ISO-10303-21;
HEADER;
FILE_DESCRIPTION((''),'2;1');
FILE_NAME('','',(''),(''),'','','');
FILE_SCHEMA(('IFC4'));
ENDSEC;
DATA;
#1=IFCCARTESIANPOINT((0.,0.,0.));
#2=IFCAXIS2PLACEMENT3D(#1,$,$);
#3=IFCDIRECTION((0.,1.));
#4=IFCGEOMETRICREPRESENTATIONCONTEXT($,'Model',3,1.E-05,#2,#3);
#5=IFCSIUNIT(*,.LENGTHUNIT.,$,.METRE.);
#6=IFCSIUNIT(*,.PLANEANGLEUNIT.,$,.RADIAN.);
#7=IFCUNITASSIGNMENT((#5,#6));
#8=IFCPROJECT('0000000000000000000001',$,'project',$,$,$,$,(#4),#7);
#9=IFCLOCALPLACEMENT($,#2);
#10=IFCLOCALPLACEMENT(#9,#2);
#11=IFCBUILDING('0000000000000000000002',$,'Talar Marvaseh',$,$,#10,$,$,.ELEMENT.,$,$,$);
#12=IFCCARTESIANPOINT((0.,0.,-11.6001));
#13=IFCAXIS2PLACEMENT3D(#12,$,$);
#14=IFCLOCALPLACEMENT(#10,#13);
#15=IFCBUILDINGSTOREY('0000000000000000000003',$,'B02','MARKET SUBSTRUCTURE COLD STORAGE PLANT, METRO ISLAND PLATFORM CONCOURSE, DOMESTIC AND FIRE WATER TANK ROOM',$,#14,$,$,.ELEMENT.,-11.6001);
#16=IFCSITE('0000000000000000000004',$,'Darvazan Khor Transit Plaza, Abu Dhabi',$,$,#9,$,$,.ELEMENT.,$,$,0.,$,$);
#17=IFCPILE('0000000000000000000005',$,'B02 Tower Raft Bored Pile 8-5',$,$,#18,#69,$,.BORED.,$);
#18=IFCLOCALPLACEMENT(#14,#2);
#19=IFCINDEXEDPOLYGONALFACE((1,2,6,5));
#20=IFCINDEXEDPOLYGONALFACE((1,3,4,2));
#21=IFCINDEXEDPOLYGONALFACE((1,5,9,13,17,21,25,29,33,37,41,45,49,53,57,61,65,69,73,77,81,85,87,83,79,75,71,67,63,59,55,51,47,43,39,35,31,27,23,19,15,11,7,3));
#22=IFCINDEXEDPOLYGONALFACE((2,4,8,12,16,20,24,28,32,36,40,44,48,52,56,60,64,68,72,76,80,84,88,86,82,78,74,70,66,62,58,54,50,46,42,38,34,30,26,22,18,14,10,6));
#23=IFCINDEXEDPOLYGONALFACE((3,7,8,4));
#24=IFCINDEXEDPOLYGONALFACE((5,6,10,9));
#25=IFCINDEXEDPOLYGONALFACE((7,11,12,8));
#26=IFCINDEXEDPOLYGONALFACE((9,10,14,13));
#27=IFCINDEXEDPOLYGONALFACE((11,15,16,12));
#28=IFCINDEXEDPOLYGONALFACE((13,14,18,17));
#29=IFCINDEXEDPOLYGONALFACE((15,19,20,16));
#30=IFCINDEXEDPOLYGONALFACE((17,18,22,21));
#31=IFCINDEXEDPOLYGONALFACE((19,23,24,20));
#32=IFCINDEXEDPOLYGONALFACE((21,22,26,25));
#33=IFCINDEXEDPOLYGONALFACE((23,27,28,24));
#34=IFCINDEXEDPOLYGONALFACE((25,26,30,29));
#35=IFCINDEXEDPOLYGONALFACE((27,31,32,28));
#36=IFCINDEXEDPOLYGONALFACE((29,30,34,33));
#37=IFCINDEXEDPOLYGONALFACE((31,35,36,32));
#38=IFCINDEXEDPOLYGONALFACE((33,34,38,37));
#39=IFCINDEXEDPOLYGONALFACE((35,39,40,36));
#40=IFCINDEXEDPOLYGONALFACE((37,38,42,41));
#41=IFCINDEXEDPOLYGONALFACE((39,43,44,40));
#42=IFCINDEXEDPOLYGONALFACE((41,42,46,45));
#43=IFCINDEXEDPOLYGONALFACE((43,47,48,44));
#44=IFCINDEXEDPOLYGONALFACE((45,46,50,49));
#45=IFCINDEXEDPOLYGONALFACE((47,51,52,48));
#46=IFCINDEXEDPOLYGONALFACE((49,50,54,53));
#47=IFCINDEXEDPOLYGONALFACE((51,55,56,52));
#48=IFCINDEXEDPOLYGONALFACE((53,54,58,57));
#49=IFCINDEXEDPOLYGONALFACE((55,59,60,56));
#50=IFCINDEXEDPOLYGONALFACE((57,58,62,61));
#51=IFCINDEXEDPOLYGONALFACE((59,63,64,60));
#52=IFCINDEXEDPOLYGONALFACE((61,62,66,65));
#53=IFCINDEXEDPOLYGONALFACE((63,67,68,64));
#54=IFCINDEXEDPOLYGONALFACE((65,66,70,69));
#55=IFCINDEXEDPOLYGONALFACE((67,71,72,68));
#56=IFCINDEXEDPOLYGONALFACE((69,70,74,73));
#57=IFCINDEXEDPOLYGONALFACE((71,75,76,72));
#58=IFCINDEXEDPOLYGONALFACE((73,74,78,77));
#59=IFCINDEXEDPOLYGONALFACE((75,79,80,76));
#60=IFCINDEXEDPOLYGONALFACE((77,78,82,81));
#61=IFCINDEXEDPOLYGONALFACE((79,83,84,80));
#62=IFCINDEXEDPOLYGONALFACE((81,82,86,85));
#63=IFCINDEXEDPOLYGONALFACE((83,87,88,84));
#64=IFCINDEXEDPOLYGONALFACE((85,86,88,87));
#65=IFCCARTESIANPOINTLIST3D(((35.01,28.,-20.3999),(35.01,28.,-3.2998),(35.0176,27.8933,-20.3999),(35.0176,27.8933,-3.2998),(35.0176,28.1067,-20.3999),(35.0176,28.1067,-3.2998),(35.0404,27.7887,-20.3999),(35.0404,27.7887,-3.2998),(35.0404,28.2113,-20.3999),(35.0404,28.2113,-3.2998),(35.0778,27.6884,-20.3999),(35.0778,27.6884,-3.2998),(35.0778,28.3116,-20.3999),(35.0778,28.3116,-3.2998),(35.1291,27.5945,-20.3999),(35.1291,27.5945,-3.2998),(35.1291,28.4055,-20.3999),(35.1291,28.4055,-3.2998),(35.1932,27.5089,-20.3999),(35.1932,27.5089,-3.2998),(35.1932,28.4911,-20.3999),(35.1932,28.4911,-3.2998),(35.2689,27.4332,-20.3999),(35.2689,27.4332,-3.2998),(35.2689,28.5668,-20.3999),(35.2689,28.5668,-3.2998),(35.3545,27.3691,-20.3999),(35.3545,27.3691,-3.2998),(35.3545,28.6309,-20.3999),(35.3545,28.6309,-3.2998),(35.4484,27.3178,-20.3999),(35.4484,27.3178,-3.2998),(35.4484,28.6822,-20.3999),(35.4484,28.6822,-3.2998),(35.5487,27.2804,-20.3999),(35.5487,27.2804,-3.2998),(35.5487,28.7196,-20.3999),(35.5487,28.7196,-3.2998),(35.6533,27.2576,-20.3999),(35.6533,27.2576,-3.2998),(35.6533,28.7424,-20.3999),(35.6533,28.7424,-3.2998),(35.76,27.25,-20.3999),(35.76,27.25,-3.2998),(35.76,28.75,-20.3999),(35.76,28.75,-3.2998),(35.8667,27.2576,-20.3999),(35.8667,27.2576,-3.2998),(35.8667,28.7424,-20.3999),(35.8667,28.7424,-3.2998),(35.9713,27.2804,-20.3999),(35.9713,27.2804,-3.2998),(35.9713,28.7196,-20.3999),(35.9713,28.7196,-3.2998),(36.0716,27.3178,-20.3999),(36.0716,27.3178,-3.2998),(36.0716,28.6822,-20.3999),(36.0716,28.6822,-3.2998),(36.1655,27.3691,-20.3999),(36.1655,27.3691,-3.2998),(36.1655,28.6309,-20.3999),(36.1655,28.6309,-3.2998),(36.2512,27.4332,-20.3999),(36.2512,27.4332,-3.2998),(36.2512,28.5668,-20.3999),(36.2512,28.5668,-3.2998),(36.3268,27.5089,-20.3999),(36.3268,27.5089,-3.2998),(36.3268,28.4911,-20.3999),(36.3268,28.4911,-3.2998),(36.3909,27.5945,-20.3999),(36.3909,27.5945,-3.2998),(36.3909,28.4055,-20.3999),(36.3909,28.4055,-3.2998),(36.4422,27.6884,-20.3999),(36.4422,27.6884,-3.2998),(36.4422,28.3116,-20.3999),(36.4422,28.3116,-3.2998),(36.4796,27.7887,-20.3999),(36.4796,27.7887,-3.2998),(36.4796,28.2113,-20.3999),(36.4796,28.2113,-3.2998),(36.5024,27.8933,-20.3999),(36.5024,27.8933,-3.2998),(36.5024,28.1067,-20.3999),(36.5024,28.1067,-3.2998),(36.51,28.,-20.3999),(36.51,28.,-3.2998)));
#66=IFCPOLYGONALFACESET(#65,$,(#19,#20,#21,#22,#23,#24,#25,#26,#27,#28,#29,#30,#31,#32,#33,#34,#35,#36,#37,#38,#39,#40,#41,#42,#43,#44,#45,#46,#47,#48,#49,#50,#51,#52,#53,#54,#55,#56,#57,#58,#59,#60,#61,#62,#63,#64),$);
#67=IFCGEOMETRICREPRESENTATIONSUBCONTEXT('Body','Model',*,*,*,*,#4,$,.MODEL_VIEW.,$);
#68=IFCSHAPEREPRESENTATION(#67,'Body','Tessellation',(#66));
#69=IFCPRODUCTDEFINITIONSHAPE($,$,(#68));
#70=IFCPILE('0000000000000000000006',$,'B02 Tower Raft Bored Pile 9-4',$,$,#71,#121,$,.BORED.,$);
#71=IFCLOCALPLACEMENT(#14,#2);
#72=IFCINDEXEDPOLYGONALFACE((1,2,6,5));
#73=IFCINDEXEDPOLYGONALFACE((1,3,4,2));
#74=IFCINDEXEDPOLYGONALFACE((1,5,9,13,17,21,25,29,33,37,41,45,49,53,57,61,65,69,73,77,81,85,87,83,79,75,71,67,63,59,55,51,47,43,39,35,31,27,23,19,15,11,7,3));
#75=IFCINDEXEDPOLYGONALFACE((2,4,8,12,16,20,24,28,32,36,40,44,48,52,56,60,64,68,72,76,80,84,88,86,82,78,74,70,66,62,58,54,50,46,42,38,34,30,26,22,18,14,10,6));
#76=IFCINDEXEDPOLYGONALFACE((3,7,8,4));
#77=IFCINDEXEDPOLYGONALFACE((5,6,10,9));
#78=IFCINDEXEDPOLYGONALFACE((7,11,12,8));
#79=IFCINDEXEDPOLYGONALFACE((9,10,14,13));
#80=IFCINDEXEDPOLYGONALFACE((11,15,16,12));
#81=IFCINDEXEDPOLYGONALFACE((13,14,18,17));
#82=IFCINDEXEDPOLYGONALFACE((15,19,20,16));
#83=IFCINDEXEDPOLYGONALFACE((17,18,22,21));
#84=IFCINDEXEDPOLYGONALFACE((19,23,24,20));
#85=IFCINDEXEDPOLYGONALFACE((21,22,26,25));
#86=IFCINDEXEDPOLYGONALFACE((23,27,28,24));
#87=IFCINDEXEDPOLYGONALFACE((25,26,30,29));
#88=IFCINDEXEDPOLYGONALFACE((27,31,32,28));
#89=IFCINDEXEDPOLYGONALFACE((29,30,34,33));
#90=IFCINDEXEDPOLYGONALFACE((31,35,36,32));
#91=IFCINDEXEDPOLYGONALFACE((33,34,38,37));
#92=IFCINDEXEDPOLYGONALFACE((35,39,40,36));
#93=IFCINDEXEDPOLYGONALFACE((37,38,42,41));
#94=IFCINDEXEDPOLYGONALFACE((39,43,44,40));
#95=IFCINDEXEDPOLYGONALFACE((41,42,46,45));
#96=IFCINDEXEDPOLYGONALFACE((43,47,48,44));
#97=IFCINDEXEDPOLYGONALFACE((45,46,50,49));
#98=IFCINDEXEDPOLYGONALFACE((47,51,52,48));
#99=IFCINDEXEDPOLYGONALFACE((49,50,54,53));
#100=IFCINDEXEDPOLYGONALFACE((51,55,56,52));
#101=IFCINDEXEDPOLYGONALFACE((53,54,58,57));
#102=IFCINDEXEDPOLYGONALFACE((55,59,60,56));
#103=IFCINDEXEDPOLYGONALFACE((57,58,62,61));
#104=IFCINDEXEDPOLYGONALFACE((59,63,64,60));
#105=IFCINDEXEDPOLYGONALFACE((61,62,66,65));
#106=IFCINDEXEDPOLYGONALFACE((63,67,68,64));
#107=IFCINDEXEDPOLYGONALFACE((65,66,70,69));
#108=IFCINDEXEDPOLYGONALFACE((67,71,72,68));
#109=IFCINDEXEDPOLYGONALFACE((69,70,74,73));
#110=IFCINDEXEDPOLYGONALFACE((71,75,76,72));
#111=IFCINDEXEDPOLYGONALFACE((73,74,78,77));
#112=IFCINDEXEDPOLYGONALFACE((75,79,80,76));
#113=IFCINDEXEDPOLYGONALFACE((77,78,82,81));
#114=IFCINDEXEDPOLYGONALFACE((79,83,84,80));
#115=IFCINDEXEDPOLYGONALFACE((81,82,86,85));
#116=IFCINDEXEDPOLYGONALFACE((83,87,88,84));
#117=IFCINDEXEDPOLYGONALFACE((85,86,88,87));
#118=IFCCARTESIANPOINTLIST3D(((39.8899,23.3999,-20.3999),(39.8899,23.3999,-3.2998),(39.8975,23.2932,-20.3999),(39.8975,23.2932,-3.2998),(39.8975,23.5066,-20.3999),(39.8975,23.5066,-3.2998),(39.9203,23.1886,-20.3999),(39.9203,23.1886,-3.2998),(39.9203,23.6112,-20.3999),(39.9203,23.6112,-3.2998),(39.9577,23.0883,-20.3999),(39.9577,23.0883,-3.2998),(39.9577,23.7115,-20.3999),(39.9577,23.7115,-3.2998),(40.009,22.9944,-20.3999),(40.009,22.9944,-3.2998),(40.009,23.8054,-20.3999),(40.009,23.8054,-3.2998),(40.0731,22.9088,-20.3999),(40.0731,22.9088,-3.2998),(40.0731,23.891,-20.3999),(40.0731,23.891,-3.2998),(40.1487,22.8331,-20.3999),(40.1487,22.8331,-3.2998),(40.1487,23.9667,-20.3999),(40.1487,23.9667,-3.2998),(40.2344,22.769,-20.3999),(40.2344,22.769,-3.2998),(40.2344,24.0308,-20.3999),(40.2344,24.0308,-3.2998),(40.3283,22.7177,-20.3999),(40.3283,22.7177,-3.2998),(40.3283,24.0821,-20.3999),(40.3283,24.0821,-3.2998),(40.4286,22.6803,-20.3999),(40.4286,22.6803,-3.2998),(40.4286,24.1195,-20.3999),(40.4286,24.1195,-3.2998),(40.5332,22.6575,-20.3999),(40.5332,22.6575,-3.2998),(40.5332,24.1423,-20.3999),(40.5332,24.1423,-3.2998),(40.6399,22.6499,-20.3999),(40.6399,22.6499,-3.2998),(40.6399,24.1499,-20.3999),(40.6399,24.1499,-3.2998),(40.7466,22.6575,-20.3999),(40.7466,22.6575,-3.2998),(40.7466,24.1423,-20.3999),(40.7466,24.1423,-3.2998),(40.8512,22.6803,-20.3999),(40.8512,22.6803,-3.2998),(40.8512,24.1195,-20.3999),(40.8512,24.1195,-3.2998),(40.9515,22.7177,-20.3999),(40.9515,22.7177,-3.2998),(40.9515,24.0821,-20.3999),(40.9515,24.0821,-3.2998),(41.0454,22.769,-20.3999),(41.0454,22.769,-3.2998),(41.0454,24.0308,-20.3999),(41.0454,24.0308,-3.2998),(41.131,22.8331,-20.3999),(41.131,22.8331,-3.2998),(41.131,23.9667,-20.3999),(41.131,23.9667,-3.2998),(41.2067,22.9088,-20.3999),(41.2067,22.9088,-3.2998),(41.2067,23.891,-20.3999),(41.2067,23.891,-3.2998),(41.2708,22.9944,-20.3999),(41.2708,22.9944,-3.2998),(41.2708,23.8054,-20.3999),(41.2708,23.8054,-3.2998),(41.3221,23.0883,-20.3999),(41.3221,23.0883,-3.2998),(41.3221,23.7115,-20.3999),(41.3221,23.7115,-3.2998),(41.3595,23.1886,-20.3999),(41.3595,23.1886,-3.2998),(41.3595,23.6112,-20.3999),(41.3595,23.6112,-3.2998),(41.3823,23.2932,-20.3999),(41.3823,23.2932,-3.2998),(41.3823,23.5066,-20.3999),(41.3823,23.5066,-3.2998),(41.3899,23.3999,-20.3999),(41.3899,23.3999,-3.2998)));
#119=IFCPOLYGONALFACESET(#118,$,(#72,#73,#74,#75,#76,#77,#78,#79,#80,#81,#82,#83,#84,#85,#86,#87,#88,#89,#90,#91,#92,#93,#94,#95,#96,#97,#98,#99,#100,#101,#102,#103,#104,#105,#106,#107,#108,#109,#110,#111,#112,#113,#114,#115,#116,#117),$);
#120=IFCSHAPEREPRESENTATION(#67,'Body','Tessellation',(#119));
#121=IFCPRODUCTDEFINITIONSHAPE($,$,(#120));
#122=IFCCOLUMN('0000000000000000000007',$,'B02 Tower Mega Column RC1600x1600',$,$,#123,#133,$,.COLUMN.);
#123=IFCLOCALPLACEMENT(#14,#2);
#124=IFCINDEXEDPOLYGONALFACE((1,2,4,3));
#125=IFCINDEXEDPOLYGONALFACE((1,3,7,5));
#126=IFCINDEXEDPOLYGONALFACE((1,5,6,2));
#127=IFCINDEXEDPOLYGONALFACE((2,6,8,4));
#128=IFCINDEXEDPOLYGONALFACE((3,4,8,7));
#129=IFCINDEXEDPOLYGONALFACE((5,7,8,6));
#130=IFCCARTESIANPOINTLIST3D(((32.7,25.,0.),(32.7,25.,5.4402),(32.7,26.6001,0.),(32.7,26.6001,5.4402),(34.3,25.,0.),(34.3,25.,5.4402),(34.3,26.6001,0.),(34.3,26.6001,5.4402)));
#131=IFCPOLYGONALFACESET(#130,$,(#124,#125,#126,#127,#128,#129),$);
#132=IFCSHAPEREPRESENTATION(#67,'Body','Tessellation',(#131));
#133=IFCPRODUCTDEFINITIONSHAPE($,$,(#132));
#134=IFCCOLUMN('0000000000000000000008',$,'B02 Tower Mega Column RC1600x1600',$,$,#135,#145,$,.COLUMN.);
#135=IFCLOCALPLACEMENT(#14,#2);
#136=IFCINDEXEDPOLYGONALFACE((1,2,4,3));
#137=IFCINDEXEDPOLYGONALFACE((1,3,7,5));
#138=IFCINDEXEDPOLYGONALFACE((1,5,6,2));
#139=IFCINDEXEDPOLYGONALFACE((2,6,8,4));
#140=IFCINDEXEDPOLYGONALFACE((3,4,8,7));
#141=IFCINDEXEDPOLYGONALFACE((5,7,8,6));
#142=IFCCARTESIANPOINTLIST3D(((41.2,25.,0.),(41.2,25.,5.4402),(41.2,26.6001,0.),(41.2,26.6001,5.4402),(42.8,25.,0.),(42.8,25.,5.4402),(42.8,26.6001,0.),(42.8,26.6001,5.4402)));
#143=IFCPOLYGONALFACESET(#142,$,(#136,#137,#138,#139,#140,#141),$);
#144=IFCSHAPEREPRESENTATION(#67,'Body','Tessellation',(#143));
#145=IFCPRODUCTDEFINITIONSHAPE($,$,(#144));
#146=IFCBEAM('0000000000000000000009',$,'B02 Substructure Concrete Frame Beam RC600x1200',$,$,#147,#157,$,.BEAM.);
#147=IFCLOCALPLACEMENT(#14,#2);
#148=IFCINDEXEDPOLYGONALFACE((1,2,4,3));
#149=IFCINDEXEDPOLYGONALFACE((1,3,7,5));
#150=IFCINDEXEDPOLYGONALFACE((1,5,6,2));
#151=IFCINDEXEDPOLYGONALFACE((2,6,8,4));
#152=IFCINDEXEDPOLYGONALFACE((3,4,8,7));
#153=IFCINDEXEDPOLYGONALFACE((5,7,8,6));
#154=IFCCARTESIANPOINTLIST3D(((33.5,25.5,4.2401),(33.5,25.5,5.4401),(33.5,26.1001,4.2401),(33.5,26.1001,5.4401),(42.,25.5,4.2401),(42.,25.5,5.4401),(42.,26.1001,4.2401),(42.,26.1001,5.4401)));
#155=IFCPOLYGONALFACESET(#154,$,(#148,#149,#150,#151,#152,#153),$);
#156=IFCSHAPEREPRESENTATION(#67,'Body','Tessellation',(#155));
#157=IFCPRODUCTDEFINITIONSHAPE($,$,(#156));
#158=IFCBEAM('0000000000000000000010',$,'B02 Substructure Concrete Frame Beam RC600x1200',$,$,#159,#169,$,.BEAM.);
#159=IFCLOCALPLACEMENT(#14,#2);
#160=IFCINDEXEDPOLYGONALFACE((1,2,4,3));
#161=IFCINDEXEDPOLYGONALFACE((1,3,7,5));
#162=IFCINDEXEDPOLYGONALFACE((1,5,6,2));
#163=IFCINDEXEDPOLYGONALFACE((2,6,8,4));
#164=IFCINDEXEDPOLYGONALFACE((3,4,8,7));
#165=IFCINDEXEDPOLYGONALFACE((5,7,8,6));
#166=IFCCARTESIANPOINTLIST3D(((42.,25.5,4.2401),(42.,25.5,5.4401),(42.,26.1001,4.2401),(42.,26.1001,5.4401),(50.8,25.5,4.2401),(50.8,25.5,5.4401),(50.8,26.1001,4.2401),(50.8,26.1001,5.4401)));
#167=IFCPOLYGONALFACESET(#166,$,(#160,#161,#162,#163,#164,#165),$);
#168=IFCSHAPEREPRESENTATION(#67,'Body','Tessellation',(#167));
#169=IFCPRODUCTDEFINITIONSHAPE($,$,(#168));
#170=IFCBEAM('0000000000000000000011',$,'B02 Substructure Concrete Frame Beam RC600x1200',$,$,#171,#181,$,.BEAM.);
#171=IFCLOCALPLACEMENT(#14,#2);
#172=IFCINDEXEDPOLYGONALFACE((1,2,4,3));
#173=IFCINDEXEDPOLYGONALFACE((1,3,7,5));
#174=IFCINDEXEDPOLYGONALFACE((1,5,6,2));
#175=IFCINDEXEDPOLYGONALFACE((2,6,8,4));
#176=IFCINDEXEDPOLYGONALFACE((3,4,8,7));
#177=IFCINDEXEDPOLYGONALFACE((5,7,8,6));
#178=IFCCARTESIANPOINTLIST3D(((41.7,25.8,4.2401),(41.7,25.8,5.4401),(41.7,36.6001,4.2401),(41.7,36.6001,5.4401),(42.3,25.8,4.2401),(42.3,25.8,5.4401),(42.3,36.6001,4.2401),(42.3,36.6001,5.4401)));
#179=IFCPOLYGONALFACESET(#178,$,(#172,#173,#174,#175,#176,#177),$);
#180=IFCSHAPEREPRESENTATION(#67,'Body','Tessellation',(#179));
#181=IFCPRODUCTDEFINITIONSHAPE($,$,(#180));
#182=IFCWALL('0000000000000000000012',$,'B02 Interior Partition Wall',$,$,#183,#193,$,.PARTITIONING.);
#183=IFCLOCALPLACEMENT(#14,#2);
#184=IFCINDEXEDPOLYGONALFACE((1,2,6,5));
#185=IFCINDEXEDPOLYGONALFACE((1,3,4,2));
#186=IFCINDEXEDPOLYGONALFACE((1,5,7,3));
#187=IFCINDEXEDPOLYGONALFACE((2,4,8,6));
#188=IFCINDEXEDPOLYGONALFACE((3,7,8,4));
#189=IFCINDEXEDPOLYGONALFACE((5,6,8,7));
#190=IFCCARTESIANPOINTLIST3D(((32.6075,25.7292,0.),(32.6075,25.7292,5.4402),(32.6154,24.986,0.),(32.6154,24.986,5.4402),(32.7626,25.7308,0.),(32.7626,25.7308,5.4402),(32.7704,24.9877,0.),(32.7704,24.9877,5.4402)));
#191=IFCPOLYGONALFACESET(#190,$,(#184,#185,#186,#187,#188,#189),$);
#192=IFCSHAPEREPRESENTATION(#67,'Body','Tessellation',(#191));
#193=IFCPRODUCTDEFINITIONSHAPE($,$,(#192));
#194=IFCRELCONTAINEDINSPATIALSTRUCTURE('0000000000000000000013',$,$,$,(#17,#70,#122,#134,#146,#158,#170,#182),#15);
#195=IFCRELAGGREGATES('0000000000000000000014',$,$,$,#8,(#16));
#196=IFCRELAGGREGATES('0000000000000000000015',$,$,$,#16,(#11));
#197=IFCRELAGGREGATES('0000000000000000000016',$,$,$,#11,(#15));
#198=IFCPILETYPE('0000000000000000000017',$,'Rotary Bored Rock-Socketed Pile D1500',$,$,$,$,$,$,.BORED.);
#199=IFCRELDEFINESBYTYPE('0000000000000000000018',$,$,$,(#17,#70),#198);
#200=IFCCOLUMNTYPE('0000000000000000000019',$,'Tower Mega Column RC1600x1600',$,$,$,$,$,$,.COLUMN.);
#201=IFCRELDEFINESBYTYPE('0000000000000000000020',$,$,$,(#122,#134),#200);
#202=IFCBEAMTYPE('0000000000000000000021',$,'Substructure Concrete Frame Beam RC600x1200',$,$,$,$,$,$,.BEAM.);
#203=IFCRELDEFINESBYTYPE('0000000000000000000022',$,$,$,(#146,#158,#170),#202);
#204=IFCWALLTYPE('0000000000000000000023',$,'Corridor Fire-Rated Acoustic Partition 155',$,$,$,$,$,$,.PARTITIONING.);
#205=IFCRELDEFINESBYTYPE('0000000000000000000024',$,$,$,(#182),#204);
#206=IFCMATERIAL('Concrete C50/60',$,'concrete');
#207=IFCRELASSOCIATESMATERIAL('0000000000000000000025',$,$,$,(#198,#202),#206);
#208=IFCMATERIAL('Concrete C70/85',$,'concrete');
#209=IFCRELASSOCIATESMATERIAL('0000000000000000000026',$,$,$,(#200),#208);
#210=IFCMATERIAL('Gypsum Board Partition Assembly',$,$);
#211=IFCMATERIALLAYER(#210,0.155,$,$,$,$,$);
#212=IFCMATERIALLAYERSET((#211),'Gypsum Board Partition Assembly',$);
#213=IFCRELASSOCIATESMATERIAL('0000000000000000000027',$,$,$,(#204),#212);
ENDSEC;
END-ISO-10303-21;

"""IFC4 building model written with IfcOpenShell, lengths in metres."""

from ifc_helpers import new_model, si_unit, direction, frame, frame_2d, origin, origin_2d, place, context, subcontext, project, spatial, rectangle, circle, extrude, source, transform, mapped, material, layer, layer_set, material_profile, profile_set, type_object, type_shapes, element, save


model = new_model("IFC4")

# Units and contexts
model_context = context("Model", 3, precision=1e-05, world=origin(), true_north=direction((0.0, 1.0)))
body_context = subcontext(model_context, "Body", "Model", "MODEL_VIEW")
ifc_project = project(units=[si_unit("LENGTHUNIT", "METRE"), si_unit("PLANEANGLEUNIT", "RADIAN")], contexts=[model_context])

# Site, building, storey
site_placement = place(None, origin())
site = spatial("IfcSite", under=ifc_project, at=site_placement, Name="Darvazan Khor Transit Plaza, Abu Dhabi", CompositionType="ELEMENT", RefElevation=0.0)
building_placement = place(site_placement, origin())
building = spatial("IfcBuilding", under=site, at=building_placement, Name="Talar Marvaseh", CompositionType="ELEMENT")
storey_placement = place(building_placement, frame((0.0, 0.0, -11.6001)))
storey = spatial("IfcBuildingStorey", under=building, at=storey_placement, Name="B02", Description="MARKET SUBSTRUCTURE COLD STORAGE PLANT, METRO ISLAND PLATFORM CONCOURSE, DOMESTIC AND FIRE WATER TANK ROOM", CompositionType="ELEMENT", Elevation=-11.6001)

# Piles
ifc_material_1 = material(Name="Concrete C50/60", Category="concrete")
ifc_material_profile_1 = material_profile(ifc_material_1, circle(Radius=0.75, at=origin_2d()), Name="PILE-D1500")
ifc_profile_set_1 = profile_set([ifc_material_profile_1], Name="Concrete C50/60")
pile_type_1 = type_object("IfcPileType", Name="Rotary Bored Rock-Socketed Pile D1500", PredefinedType="BORED", material=ifc_profile_set_1)
shared_shape_1 = source(origin(), body_context, "Body", "SweptSolid", [
    extrude(circle(Radius=0.75, at=origin_2d()), origin(), (0.0, 0.0, 1.0), 17.1001),
])
type_shapes(pile_type_1, [shared_shape_1])
for number, where, z_axis, x_axis, name in (
    (1, (35.76, 28.0, -3.2998), (0.0, 0.0, -1.0), (1.0, 0.0, 0.0), "B02 Tower Raft Bored Pile 8-5"),
    (2, (40.6399, 23.3999, -3.2998), (0.0, 0.0, -1.0), (1.0, 0.0, 0.0), "B02 Tower Raft Bored Pile 9-4"),
):
    element("IfcPile", number, at=place(storey_placement, frame(where, z_axis=z_axis, x_axis=x_axis)), inside=storey, type_object=pile_type_1, Name=name, PredefinedType="BORED", context=body_context, shape_type="MappedRepresentation", body=[
        mapped(shared_shape_1, transform((0.0, 0.0, 0.0), x_axis=(1.0, 0.0, 0.0), y_axis=(0.0, 1.0, 0.0), z_axis=(0.0, 0.0, 1.0), scale=1.0)),
    ])

# Columns
ifc_material_2 = material(Name="Concrete C70/85", Category="concrete")
ifc_material_profile_2 = material_profile(ifc_material_2, rectangle(XDim=1.6001, YDim=1.6001, at=origin_2d()), Name="RC1600x1600")
ifc_profile_set_2 = profile_set([ifc_material_profile_2], Name="Concrete C70/85")
column_type = type_object("IfcColumnType", Name="Tower Mega Column RC1600x1600", PredefinedType="COLUMN", material=ifc_profile_set_2)
for number, where, z_axis, x_axis, name in (
    (3, (33.5, 25.8, 0.0), (0.0, 0.0, 1.0), (1.0, 0.0, 0.0), "B02 Tower Mega Column RC1600x1600"),
    (4, (42.0, 25.8, 0.0), (0.0, 0.0, 1.0), (1.0, 0.0, 0.0), "B02 Tower Mega Column RC1600x1600"),
):
    element("IfcColumn", number, at=place(storey_placement, frame(where, z_axis=z_axis, x_axis=x_axis)), inside=storey, type_object=column_type, Name=name, PredefinedType="COLUMN", context=body_context, shape_type="SweptSolid", body=[
        extrude(rectangle(XDim=1.6001, YDim=1.6001, at=origin_2d()), origin(), (0.0, 0.0, 1.0), 5.4402),
    ])

# Beams
ifc_material_profile_3 = material_profile(ifc_material_1, rectangle(XDim=0.6001, YDim=1.2, at=origin_2d()), Name="RC600x1200")
ifc_profile_set_3 = profile_set([ifc_material_profile_3], Name="Concrete C50/60")
beam_type = type_object("IfcBeamType", Name="Substructure Concrete Frame Beam RC600x1200", PredefinedType="BEAM", material=ifc_profile_set_3)
beam_1_placement = place(storey_placement, frame((33.5, 25.8, 4.8401), z_axis=(1.0, 0.0, 0.0), x_axis=(0.0, 1.0, 0.0)))
element("IfcBeam", 5, at=beam_1_placement, inside=storey, type_object=beam_type, Name="B02 Substructure Concrete Frame Beam RC600x1200", PredefinedType="BEAM", context=body_context, shape_type="SweptSolid", body=[
    extrude(rectangle(XDim=0.6001, YDim=1.2, at=origin_2d()), origin(), (0.0, 0.0, 1.0), 8.5),
])
beam_2_placement = place(storey_placement, frame((42.0, 25.8, 4.8401), z_axis=(1.0, 0.0, 0.0), x_axis=(0.0, 1.0, 0.0)))
element("IfcBeam", 6, at=beam_2_placement, inside=storey, type_object=beam_type, Name="B02 Substructure Concrete Frame Beam RC600x1200", PredefinedType="BEAM", context=body_context, shape_type="SweptSolid", body=[
    extrude(rectangle(XDim=0.6001, YDim=1.2, at=origin_2d()), origin(), (0.0, 0.0, 1.0), 8.8),
])
beam_3_placement = place(storey_placement, frame((42.0, 25.8, 4.8401), z_axis=(0.0, 1.0, 0.0), x_axis=(-1.0, 0.0, 0.0)))
element("IfcBeam", 7, at=beam_3_placement, inside=storey, type_object=beam_type, Name="B02 Substructure Concrete Frame Beam RC600x1200", PredefinedType="BEAM", context=body_context, shape_type="SweptSolid", body=[
    extrude(rectangle(XDim=0.6001, YDim=1.2, at=origin_2d()), origin(), (0.0, 0.0, 1.0), 10.8),
])

# Wall
ifc_material_3 = material(Name="Gypsum Board Partition Assembly")
ifc_layer_1 = layer(ifc_material_3, 0.155)
ifc_layer_set_1 = layer_set([ifc_layer_1], Name="Gypsum Board Partition Assembly")
wall_type_1 = type_object("IfcWallType", Name="Corridor Fire-Rated Acoustic Partition 155", PredefinedType="PARTITIONING", material=ifc_layer_set_1)
wall_1_placement = place(storey_placement, frame((32.6851, 25.73, 0.0), z_axis=(0.0, 0.0, 1.0), x_axis=(0.010512, -0.999945, 0.0)))
element("IfcWall", 8, at=wall_1_placement, inside=storey, type_object=wall_type_1, Name="B02 Interior Partition Wall", PredefinedType="PARTITIONING", context=body_context, shape_type="SweptSolid", body=[
    extrude(rectangle(XDim=0.7432, YDim=0.155, at=frame_2d((0.3716, 0.0))), origin(), (0.0, 0.0, 1.0), 5.4402),
])

save(model, "model.ifc")
